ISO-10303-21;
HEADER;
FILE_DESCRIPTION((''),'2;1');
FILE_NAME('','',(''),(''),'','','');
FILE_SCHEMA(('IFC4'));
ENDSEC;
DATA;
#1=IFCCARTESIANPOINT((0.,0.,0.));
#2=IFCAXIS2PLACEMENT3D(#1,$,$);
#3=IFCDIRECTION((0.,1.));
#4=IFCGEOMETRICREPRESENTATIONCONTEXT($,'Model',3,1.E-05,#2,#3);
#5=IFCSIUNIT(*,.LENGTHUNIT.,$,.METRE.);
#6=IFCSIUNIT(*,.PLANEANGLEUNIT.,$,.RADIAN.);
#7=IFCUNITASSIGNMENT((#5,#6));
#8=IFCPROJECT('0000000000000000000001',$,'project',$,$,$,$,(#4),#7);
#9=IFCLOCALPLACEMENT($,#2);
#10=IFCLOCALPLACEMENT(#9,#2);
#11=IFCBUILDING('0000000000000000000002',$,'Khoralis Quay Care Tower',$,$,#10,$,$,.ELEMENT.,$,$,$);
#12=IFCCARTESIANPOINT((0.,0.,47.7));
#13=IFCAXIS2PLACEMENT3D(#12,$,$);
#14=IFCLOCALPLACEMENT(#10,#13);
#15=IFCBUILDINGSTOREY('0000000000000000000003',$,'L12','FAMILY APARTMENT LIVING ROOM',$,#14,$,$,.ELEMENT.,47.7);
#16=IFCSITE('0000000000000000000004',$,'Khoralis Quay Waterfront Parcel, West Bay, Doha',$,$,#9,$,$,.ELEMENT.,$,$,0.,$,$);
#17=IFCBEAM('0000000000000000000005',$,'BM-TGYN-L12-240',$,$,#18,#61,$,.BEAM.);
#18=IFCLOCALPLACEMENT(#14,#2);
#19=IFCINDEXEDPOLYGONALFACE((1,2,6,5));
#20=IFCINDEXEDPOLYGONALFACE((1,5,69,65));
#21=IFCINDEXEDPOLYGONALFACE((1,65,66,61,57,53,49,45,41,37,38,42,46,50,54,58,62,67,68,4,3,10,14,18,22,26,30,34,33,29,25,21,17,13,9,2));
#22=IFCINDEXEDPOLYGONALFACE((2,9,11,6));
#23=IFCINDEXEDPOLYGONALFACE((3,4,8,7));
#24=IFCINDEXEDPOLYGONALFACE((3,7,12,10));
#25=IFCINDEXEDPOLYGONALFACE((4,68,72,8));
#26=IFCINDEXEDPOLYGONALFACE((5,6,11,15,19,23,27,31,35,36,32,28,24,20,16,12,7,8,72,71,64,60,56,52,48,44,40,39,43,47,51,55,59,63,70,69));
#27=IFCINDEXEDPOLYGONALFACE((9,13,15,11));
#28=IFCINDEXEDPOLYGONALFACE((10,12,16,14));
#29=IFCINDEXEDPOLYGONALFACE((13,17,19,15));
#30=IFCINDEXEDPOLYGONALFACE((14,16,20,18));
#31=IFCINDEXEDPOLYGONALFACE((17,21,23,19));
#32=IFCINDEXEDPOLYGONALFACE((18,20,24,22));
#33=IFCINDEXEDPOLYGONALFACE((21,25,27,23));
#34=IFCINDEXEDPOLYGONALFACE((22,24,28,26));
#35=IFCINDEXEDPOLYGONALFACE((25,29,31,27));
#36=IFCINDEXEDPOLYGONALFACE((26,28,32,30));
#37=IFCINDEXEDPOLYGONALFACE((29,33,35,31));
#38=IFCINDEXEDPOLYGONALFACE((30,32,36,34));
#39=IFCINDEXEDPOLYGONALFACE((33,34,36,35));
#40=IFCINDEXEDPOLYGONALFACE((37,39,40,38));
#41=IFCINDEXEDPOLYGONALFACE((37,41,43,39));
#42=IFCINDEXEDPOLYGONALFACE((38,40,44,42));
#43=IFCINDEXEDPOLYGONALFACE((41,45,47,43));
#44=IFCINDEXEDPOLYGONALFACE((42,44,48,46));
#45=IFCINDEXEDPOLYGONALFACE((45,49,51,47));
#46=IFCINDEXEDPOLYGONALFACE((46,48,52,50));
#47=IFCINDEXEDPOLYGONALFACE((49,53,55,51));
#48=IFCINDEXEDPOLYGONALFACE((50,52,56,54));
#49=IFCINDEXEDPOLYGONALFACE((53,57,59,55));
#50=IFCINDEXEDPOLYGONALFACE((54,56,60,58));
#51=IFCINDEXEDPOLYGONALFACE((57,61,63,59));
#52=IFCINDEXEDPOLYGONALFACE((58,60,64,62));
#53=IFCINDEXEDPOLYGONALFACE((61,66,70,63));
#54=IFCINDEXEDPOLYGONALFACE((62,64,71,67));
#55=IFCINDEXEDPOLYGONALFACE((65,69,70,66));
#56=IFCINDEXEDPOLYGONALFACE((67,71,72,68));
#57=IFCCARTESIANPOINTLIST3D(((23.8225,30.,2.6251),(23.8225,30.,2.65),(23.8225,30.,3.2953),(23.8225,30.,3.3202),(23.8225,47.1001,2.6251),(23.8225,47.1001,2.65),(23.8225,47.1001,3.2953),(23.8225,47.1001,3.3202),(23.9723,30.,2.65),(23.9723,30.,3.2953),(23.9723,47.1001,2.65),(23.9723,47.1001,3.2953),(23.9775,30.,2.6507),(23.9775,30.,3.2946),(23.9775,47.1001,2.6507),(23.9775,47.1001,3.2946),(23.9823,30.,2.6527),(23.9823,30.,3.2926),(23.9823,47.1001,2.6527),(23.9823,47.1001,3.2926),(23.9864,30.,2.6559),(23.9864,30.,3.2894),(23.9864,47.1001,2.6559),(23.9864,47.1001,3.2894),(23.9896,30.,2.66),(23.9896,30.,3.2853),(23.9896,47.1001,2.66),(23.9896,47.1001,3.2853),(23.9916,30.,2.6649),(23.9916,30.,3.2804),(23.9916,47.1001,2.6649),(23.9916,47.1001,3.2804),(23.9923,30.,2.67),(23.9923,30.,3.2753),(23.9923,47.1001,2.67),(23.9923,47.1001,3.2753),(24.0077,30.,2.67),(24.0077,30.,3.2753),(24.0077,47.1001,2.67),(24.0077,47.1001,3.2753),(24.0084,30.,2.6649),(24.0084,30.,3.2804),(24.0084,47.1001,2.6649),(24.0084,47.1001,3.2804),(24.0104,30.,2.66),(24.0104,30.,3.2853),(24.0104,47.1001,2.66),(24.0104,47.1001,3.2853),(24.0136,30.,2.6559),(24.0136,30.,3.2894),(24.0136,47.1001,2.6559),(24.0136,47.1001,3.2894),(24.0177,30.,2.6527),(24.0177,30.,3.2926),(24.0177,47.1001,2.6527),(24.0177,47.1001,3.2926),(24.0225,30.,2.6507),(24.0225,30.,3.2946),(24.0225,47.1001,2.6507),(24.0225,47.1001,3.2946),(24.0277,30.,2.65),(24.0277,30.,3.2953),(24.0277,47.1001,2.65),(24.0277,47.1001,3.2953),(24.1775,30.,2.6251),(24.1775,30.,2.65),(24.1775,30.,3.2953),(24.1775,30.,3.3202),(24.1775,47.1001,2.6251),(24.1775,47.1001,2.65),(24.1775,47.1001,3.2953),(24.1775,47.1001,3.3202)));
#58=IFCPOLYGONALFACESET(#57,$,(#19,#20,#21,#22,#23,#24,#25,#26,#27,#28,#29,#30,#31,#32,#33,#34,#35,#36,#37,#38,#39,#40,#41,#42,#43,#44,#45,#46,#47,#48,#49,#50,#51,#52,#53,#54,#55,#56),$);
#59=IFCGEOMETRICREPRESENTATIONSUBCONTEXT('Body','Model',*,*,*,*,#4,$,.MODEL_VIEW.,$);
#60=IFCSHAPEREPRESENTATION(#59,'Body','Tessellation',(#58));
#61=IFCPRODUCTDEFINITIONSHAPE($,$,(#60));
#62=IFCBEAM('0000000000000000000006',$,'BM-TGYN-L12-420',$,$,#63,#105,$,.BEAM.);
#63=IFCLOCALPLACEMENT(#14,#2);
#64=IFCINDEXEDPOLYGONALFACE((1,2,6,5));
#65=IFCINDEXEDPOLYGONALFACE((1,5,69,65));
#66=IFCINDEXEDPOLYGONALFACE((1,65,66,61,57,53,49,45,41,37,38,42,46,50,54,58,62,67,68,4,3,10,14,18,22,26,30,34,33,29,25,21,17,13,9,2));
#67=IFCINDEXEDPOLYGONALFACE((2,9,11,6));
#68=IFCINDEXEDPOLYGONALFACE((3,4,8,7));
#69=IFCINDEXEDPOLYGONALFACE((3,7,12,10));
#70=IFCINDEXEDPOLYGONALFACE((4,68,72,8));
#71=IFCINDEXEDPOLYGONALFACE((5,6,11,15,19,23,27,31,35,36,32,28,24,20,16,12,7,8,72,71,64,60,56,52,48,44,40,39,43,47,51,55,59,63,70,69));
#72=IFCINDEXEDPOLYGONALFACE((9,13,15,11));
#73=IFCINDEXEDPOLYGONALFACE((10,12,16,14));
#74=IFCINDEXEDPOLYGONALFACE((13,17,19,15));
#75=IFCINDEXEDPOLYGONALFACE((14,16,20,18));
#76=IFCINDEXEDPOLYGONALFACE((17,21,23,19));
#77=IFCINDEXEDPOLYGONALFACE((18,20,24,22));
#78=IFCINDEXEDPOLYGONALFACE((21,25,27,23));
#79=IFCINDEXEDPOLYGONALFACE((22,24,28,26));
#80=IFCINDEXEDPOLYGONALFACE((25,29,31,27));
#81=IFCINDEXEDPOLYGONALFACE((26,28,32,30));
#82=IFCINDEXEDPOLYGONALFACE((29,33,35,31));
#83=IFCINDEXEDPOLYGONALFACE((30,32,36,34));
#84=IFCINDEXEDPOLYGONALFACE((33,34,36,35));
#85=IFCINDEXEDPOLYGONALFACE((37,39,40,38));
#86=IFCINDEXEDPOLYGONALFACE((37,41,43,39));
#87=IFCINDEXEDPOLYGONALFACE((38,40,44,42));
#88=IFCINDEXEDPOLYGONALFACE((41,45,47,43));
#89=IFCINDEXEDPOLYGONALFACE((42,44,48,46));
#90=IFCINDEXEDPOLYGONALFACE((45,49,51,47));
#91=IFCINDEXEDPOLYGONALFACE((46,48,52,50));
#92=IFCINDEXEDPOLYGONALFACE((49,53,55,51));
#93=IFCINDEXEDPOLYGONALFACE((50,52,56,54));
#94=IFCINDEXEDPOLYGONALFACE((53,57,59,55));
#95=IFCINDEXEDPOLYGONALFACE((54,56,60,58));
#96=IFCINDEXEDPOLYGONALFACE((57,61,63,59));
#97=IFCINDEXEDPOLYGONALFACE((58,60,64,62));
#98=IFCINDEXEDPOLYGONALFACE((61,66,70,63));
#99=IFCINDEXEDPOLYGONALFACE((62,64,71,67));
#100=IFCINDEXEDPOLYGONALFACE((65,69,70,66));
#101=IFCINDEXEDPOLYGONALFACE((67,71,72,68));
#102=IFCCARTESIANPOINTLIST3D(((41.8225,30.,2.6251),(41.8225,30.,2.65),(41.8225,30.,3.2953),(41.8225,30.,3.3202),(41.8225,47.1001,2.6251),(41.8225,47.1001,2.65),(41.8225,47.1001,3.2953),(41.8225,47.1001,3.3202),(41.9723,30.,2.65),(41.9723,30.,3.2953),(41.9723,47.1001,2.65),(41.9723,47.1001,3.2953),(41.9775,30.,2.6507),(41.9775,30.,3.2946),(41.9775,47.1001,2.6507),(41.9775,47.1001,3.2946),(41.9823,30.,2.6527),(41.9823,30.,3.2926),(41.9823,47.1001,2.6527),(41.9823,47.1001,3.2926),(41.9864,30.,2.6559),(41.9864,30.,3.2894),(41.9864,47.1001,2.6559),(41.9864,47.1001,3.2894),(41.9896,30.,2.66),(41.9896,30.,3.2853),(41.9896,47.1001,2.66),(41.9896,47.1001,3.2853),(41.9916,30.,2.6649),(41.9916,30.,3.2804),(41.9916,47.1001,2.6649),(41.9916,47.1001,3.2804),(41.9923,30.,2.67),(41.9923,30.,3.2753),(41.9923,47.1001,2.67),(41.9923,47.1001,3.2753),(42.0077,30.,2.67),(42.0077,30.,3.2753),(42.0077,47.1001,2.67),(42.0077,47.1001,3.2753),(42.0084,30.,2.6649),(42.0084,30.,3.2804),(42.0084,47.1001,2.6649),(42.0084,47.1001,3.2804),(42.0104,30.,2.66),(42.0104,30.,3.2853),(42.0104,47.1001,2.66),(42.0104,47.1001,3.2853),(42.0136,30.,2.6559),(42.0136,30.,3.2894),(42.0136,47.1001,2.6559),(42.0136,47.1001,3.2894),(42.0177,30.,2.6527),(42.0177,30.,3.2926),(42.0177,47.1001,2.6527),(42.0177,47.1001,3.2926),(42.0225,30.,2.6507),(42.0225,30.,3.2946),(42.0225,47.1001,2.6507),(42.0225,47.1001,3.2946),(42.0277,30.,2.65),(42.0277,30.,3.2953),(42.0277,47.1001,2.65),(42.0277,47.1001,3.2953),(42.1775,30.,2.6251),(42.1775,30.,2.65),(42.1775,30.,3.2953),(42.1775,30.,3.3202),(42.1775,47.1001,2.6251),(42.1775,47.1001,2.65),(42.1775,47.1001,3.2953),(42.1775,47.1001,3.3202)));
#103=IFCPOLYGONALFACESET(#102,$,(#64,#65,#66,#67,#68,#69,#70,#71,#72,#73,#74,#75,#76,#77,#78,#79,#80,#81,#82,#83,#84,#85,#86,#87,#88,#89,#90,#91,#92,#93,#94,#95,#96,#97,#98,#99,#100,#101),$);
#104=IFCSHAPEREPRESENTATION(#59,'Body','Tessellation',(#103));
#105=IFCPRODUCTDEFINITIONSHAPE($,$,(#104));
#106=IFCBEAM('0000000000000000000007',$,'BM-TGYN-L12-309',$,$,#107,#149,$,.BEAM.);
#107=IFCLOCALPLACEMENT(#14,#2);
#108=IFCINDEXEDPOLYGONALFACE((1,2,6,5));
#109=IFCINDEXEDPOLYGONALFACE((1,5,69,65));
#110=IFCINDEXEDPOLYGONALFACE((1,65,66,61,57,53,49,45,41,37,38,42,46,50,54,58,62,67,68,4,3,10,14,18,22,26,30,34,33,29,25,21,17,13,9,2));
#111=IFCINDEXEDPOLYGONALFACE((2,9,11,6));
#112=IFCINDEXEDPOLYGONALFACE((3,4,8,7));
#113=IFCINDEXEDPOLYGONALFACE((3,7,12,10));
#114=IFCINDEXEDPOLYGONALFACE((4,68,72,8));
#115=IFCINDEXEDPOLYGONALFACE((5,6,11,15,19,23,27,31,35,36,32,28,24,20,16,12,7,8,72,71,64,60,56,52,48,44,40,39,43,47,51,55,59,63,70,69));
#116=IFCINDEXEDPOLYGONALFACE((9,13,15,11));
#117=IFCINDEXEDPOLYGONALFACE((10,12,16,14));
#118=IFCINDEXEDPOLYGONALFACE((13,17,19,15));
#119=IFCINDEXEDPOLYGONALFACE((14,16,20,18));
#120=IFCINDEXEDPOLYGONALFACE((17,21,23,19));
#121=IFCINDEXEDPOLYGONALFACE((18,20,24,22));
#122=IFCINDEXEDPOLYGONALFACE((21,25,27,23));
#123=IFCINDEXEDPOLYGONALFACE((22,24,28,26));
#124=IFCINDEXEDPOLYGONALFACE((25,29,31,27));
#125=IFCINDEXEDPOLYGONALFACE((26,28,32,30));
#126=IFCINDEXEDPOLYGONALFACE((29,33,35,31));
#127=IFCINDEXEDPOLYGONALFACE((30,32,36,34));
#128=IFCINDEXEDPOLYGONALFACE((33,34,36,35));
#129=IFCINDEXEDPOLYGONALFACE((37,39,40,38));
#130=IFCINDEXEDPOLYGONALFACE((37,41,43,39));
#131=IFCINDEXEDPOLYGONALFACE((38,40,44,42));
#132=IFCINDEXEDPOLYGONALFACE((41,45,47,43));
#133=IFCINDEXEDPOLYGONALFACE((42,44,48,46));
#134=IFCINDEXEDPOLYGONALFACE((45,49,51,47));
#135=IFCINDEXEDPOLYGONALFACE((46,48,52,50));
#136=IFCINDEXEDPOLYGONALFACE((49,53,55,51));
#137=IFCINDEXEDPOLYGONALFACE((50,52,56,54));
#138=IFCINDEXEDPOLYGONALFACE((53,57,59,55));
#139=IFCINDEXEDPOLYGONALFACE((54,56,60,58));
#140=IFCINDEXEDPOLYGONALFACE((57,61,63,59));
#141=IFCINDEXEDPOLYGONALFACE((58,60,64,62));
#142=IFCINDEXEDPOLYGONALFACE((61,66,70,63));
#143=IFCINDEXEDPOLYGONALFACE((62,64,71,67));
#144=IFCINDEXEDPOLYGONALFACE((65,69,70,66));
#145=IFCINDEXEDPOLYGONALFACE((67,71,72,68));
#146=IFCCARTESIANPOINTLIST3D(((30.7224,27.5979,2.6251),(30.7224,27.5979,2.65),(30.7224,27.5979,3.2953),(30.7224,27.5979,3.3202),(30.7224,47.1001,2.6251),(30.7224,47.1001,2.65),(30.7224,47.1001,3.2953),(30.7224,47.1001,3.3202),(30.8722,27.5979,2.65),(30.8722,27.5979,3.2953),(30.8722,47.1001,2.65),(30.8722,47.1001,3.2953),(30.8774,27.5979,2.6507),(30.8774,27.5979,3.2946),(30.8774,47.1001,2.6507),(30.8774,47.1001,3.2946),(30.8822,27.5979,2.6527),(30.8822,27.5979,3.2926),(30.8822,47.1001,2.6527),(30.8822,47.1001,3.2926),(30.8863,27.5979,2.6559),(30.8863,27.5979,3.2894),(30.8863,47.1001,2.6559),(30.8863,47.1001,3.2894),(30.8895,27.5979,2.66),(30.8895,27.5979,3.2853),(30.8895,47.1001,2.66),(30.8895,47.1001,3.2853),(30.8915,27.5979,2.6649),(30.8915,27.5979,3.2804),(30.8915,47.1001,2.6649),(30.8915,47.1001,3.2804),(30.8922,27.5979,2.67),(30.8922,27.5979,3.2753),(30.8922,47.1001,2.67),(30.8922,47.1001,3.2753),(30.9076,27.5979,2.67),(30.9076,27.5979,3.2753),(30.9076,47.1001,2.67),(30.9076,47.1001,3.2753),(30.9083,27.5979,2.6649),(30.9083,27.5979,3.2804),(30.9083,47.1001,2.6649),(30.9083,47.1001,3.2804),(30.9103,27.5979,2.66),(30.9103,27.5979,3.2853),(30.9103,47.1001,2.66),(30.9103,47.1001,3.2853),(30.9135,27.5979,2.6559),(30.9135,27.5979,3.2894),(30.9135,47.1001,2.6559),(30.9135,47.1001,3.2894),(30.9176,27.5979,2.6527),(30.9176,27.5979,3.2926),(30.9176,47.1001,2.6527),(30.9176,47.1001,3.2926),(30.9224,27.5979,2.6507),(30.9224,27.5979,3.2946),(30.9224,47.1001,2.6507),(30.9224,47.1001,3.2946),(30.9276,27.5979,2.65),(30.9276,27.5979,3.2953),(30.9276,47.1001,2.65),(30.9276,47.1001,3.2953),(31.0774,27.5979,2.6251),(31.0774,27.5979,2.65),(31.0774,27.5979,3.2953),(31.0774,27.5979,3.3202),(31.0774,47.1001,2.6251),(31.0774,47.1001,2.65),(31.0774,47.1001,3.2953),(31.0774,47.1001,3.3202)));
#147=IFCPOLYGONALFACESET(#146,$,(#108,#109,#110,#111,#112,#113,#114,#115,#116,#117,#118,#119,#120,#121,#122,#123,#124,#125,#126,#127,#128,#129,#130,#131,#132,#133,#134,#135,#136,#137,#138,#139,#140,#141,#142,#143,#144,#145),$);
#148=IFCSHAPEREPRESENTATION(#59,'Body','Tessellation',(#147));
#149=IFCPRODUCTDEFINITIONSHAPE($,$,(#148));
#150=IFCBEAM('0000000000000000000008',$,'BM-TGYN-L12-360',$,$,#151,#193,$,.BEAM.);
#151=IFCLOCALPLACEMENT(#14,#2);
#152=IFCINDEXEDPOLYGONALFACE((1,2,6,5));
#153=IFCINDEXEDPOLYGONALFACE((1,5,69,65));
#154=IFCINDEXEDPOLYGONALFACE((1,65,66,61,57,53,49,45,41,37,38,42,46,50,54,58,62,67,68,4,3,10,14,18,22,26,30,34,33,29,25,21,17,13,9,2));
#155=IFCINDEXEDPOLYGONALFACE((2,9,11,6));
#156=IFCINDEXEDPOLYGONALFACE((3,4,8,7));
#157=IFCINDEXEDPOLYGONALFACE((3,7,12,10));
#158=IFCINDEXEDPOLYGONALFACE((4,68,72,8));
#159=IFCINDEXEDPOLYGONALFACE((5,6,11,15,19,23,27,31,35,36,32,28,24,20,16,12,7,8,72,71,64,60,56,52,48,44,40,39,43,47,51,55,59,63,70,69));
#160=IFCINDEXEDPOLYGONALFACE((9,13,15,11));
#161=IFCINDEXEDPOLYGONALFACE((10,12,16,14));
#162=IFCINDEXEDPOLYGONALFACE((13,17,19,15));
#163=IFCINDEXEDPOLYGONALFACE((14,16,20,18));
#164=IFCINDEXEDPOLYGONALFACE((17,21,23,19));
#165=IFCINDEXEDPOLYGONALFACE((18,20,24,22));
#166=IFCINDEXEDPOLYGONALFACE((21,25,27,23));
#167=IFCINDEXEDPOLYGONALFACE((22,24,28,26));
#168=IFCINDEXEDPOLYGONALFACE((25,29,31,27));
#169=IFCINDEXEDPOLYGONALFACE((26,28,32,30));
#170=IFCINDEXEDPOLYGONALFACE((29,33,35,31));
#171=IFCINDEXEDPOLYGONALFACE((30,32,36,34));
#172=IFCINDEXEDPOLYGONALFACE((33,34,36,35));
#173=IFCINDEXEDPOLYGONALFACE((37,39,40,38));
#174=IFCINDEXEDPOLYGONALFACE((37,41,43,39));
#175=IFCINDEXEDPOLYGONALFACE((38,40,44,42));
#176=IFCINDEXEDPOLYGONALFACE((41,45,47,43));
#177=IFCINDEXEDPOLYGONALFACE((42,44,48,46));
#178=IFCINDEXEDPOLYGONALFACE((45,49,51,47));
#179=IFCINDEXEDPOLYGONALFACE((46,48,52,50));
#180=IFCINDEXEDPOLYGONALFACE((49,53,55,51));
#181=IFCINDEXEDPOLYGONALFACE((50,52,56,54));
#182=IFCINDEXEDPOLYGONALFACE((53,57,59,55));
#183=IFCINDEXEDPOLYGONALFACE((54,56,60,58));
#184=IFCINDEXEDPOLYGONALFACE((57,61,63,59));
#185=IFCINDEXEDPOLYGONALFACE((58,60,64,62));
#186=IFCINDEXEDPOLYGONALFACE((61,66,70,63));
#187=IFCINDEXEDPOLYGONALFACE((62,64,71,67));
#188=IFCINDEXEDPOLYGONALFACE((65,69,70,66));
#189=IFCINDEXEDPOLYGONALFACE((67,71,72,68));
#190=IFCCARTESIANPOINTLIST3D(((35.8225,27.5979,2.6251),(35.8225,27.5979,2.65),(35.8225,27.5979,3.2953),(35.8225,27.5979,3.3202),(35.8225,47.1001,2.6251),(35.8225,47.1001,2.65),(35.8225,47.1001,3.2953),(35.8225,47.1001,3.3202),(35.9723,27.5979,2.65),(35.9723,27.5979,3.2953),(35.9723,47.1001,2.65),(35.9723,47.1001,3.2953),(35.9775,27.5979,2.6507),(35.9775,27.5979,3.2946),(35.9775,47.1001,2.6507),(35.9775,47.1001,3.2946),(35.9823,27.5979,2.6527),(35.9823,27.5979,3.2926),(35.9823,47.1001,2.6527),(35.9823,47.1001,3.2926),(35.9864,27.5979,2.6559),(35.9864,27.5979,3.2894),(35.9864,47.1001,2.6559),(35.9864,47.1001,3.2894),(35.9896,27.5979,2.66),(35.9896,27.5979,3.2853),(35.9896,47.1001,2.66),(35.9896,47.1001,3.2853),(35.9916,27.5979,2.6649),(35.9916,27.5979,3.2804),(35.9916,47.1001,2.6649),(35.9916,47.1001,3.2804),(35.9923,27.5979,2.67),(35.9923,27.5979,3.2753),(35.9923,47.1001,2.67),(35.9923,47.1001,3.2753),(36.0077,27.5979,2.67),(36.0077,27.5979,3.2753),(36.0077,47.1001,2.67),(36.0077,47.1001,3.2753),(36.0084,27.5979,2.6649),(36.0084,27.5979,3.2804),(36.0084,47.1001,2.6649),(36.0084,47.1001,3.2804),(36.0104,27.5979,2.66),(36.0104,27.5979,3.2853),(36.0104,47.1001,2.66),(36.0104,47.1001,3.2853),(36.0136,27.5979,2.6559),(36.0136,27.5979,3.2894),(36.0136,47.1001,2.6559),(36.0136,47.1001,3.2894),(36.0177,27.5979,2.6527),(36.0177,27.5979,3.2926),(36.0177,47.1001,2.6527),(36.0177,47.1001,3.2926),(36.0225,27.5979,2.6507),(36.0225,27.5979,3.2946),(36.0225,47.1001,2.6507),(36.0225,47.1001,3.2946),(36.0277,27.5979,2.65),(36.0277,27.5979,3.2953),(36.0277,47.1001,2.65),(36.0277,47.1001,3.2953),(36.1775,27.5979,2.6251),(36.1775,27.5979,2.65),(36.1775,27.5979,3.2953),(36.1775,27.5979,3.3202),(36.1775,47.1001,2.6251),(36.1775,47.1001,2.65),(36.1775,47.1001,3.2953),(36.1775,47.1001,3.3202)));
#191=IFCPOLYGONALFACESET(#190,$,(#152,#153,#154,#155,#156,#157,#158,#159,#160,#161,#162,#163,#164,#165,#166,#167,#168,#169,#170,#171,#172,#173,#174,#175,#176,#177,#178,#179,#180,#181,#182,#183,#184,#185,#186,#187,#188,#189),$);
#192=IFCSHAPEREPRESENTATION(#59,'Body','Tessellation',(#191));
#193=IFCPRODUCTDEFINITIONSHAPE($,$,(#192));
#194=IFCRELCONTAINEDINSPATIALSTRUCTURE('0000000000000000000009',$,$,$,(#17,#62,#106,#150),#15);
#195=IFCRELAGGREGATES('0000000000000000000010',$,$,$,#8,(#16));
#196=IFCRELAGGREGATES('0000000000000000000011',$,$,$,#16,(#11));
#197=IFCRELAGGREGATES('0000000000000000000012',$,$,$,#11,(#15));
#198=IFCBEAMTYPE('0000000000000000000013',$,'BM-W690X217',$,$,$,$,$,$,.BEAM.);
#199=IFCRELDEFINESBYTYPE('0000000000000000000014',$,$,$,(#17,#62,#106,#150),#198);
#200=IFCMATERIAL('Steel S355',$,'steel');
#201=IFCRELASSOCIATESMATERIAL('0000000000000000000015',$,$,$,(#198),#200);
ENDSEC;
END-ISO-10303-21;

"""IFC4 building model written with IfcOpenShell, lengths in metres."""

from ifc_helpers import new_model, si_unit, direction, frame, origin, origin_2d, place, context, subcontext, project, spatial, i_section, extrude, source, transform, mapped, material, material_profile, profile_set, type_object, element, save


model = new_model("IFC4")

# Units and contexts
model_context = context("Model", 3, precision=1e-05, world=origin(), true_north=direction((0.0, 1.0)))
body_context = subcontext(model_context, "Body", "Model", "MODEL_VIEW")
ifc_project = project(units=[si_unit("LENGTHUNIT", "METRE"), si_unit("PLANEANGLEUNIT", "RADIAN")], contexts=[model_context])

# Site, building, storey
site_placement = place(None, origin())
site = spatial("IfcSite", under=ifc_project, at=site_placement, Name="Khoralis Quay Waterfront Parcel, West Bay, Doha", CompositionType="ELEMENT", RefElevation=0.0)
building_placement = place(site_placement, origin())
building = spatial("IfcBuilding", under=site, at=building_placement, Name="Khoralis Quay Care Tower", CompositionType="ELEMENT")
storey_placement = place(building_placement, frame((0.0, 0.0, 47.7)))
storey = spatial("IfcBuildingStorey", under=building, at=storey_placement, Name="L12", Description="FAMILY APARTMENT LIVING ROOM", CompositionType="ELEMENT", Elevation=47.7)

# Beams
ifc_material_1 = material(Name="Steel S355", Category="steel")
ifc_material_profile_1 = material_profile(ifc_material_1, i_section(OverallWidth=0.355, OverallDepth=0.6951, WebThickness=0.0154, FlangeThickness=0.0249, FilletRadius=0.02, at=origin_2d()), Name="Steel S355")
ifc_profile_set_1 = profile_set([ifc_material_profile_1], Name="Steel S355")
beam_type_1 = type_object("IfcBeamType", Name="BM-W690X217", PredefinedType="BEAM", material=ifc_profile_set_1)
shared_shape_1 = source(origin(), body_context, "Body", "SweptSolid", [
    extrude(i_section(OverallWidth=0.355, OverallDepth=0.6951, WebThickness=0.0154, FlangeThickness=0.0249, FilletRadius=0.02, at=origin_2d()), origin(), (0.0, 0.0, 1.0), 17.1001),
])
for number, where, z_axis, x_axis, name in (
    (1, (24.0, 30.0, 2.9727), (0.0, 1.0, 0.0), (-1.0, 0.0, 0.0), "BM-TGYN-L12-240"),
    (2, (42.0, 30.0, 2.9727), (0.0, 1.0, 0.0), (-1.0, 0.0, 0.0), "BM-TGYN-L12-420"),
):
    element("IfcBeam", number, at=place(storey_placement, frame(where, z_axis=z_axis, x_axis=x_axis)), inside=storey, type_object=beam_type_1, Name=name, PredefinedType="BEAM", context=body_context, shape_type="MappedRepresentation", body=[
        mapped(shared_shape_1, transform((0.0, 0.0, 0.0), scale=1.0)),
    ])
shared_shape_2 = source(origin(), body_context, "Body", "SweptSolid", [
    extrude(i_section(OverallWidth=0.355, OverallDepth=0.6951, WebThickness=0.0154, FlangeThickness=0.0249, FilletRadius=0.02, at=origin_2d()), origin(), (0.0, 0.0, 1.0), 19.5022),
])
for number, where, z_axis, x_axis, name in (
    (3, (30.8999, 27.5979, 2.9727), (0.0, 1.0, 0.0), (-1.0, 0.0, 0.0), "BM-TGYN-L12-309"),
    (4, (36.0, 27.5979, 2.9727), (0.0, 1.0, 0.0), (-1.0, 0.0, 0.0), "BM-TGYN-L12-360"),
):
    element("IfcBeam", number, at=place(storey_placement, frame(where, z_axis=z_axis, x_axis=x_axis)), inside=storey, type_object=beam_type_1, Name=name, PredefinedType="BEAM", context=body_context, shape_type="MappedRepresentation", body=[
        mapped(shared_shape_2, transform((0.0, 0.0, 0.0), scale=1.0)),
    ])

save(model, "model.ifc")
